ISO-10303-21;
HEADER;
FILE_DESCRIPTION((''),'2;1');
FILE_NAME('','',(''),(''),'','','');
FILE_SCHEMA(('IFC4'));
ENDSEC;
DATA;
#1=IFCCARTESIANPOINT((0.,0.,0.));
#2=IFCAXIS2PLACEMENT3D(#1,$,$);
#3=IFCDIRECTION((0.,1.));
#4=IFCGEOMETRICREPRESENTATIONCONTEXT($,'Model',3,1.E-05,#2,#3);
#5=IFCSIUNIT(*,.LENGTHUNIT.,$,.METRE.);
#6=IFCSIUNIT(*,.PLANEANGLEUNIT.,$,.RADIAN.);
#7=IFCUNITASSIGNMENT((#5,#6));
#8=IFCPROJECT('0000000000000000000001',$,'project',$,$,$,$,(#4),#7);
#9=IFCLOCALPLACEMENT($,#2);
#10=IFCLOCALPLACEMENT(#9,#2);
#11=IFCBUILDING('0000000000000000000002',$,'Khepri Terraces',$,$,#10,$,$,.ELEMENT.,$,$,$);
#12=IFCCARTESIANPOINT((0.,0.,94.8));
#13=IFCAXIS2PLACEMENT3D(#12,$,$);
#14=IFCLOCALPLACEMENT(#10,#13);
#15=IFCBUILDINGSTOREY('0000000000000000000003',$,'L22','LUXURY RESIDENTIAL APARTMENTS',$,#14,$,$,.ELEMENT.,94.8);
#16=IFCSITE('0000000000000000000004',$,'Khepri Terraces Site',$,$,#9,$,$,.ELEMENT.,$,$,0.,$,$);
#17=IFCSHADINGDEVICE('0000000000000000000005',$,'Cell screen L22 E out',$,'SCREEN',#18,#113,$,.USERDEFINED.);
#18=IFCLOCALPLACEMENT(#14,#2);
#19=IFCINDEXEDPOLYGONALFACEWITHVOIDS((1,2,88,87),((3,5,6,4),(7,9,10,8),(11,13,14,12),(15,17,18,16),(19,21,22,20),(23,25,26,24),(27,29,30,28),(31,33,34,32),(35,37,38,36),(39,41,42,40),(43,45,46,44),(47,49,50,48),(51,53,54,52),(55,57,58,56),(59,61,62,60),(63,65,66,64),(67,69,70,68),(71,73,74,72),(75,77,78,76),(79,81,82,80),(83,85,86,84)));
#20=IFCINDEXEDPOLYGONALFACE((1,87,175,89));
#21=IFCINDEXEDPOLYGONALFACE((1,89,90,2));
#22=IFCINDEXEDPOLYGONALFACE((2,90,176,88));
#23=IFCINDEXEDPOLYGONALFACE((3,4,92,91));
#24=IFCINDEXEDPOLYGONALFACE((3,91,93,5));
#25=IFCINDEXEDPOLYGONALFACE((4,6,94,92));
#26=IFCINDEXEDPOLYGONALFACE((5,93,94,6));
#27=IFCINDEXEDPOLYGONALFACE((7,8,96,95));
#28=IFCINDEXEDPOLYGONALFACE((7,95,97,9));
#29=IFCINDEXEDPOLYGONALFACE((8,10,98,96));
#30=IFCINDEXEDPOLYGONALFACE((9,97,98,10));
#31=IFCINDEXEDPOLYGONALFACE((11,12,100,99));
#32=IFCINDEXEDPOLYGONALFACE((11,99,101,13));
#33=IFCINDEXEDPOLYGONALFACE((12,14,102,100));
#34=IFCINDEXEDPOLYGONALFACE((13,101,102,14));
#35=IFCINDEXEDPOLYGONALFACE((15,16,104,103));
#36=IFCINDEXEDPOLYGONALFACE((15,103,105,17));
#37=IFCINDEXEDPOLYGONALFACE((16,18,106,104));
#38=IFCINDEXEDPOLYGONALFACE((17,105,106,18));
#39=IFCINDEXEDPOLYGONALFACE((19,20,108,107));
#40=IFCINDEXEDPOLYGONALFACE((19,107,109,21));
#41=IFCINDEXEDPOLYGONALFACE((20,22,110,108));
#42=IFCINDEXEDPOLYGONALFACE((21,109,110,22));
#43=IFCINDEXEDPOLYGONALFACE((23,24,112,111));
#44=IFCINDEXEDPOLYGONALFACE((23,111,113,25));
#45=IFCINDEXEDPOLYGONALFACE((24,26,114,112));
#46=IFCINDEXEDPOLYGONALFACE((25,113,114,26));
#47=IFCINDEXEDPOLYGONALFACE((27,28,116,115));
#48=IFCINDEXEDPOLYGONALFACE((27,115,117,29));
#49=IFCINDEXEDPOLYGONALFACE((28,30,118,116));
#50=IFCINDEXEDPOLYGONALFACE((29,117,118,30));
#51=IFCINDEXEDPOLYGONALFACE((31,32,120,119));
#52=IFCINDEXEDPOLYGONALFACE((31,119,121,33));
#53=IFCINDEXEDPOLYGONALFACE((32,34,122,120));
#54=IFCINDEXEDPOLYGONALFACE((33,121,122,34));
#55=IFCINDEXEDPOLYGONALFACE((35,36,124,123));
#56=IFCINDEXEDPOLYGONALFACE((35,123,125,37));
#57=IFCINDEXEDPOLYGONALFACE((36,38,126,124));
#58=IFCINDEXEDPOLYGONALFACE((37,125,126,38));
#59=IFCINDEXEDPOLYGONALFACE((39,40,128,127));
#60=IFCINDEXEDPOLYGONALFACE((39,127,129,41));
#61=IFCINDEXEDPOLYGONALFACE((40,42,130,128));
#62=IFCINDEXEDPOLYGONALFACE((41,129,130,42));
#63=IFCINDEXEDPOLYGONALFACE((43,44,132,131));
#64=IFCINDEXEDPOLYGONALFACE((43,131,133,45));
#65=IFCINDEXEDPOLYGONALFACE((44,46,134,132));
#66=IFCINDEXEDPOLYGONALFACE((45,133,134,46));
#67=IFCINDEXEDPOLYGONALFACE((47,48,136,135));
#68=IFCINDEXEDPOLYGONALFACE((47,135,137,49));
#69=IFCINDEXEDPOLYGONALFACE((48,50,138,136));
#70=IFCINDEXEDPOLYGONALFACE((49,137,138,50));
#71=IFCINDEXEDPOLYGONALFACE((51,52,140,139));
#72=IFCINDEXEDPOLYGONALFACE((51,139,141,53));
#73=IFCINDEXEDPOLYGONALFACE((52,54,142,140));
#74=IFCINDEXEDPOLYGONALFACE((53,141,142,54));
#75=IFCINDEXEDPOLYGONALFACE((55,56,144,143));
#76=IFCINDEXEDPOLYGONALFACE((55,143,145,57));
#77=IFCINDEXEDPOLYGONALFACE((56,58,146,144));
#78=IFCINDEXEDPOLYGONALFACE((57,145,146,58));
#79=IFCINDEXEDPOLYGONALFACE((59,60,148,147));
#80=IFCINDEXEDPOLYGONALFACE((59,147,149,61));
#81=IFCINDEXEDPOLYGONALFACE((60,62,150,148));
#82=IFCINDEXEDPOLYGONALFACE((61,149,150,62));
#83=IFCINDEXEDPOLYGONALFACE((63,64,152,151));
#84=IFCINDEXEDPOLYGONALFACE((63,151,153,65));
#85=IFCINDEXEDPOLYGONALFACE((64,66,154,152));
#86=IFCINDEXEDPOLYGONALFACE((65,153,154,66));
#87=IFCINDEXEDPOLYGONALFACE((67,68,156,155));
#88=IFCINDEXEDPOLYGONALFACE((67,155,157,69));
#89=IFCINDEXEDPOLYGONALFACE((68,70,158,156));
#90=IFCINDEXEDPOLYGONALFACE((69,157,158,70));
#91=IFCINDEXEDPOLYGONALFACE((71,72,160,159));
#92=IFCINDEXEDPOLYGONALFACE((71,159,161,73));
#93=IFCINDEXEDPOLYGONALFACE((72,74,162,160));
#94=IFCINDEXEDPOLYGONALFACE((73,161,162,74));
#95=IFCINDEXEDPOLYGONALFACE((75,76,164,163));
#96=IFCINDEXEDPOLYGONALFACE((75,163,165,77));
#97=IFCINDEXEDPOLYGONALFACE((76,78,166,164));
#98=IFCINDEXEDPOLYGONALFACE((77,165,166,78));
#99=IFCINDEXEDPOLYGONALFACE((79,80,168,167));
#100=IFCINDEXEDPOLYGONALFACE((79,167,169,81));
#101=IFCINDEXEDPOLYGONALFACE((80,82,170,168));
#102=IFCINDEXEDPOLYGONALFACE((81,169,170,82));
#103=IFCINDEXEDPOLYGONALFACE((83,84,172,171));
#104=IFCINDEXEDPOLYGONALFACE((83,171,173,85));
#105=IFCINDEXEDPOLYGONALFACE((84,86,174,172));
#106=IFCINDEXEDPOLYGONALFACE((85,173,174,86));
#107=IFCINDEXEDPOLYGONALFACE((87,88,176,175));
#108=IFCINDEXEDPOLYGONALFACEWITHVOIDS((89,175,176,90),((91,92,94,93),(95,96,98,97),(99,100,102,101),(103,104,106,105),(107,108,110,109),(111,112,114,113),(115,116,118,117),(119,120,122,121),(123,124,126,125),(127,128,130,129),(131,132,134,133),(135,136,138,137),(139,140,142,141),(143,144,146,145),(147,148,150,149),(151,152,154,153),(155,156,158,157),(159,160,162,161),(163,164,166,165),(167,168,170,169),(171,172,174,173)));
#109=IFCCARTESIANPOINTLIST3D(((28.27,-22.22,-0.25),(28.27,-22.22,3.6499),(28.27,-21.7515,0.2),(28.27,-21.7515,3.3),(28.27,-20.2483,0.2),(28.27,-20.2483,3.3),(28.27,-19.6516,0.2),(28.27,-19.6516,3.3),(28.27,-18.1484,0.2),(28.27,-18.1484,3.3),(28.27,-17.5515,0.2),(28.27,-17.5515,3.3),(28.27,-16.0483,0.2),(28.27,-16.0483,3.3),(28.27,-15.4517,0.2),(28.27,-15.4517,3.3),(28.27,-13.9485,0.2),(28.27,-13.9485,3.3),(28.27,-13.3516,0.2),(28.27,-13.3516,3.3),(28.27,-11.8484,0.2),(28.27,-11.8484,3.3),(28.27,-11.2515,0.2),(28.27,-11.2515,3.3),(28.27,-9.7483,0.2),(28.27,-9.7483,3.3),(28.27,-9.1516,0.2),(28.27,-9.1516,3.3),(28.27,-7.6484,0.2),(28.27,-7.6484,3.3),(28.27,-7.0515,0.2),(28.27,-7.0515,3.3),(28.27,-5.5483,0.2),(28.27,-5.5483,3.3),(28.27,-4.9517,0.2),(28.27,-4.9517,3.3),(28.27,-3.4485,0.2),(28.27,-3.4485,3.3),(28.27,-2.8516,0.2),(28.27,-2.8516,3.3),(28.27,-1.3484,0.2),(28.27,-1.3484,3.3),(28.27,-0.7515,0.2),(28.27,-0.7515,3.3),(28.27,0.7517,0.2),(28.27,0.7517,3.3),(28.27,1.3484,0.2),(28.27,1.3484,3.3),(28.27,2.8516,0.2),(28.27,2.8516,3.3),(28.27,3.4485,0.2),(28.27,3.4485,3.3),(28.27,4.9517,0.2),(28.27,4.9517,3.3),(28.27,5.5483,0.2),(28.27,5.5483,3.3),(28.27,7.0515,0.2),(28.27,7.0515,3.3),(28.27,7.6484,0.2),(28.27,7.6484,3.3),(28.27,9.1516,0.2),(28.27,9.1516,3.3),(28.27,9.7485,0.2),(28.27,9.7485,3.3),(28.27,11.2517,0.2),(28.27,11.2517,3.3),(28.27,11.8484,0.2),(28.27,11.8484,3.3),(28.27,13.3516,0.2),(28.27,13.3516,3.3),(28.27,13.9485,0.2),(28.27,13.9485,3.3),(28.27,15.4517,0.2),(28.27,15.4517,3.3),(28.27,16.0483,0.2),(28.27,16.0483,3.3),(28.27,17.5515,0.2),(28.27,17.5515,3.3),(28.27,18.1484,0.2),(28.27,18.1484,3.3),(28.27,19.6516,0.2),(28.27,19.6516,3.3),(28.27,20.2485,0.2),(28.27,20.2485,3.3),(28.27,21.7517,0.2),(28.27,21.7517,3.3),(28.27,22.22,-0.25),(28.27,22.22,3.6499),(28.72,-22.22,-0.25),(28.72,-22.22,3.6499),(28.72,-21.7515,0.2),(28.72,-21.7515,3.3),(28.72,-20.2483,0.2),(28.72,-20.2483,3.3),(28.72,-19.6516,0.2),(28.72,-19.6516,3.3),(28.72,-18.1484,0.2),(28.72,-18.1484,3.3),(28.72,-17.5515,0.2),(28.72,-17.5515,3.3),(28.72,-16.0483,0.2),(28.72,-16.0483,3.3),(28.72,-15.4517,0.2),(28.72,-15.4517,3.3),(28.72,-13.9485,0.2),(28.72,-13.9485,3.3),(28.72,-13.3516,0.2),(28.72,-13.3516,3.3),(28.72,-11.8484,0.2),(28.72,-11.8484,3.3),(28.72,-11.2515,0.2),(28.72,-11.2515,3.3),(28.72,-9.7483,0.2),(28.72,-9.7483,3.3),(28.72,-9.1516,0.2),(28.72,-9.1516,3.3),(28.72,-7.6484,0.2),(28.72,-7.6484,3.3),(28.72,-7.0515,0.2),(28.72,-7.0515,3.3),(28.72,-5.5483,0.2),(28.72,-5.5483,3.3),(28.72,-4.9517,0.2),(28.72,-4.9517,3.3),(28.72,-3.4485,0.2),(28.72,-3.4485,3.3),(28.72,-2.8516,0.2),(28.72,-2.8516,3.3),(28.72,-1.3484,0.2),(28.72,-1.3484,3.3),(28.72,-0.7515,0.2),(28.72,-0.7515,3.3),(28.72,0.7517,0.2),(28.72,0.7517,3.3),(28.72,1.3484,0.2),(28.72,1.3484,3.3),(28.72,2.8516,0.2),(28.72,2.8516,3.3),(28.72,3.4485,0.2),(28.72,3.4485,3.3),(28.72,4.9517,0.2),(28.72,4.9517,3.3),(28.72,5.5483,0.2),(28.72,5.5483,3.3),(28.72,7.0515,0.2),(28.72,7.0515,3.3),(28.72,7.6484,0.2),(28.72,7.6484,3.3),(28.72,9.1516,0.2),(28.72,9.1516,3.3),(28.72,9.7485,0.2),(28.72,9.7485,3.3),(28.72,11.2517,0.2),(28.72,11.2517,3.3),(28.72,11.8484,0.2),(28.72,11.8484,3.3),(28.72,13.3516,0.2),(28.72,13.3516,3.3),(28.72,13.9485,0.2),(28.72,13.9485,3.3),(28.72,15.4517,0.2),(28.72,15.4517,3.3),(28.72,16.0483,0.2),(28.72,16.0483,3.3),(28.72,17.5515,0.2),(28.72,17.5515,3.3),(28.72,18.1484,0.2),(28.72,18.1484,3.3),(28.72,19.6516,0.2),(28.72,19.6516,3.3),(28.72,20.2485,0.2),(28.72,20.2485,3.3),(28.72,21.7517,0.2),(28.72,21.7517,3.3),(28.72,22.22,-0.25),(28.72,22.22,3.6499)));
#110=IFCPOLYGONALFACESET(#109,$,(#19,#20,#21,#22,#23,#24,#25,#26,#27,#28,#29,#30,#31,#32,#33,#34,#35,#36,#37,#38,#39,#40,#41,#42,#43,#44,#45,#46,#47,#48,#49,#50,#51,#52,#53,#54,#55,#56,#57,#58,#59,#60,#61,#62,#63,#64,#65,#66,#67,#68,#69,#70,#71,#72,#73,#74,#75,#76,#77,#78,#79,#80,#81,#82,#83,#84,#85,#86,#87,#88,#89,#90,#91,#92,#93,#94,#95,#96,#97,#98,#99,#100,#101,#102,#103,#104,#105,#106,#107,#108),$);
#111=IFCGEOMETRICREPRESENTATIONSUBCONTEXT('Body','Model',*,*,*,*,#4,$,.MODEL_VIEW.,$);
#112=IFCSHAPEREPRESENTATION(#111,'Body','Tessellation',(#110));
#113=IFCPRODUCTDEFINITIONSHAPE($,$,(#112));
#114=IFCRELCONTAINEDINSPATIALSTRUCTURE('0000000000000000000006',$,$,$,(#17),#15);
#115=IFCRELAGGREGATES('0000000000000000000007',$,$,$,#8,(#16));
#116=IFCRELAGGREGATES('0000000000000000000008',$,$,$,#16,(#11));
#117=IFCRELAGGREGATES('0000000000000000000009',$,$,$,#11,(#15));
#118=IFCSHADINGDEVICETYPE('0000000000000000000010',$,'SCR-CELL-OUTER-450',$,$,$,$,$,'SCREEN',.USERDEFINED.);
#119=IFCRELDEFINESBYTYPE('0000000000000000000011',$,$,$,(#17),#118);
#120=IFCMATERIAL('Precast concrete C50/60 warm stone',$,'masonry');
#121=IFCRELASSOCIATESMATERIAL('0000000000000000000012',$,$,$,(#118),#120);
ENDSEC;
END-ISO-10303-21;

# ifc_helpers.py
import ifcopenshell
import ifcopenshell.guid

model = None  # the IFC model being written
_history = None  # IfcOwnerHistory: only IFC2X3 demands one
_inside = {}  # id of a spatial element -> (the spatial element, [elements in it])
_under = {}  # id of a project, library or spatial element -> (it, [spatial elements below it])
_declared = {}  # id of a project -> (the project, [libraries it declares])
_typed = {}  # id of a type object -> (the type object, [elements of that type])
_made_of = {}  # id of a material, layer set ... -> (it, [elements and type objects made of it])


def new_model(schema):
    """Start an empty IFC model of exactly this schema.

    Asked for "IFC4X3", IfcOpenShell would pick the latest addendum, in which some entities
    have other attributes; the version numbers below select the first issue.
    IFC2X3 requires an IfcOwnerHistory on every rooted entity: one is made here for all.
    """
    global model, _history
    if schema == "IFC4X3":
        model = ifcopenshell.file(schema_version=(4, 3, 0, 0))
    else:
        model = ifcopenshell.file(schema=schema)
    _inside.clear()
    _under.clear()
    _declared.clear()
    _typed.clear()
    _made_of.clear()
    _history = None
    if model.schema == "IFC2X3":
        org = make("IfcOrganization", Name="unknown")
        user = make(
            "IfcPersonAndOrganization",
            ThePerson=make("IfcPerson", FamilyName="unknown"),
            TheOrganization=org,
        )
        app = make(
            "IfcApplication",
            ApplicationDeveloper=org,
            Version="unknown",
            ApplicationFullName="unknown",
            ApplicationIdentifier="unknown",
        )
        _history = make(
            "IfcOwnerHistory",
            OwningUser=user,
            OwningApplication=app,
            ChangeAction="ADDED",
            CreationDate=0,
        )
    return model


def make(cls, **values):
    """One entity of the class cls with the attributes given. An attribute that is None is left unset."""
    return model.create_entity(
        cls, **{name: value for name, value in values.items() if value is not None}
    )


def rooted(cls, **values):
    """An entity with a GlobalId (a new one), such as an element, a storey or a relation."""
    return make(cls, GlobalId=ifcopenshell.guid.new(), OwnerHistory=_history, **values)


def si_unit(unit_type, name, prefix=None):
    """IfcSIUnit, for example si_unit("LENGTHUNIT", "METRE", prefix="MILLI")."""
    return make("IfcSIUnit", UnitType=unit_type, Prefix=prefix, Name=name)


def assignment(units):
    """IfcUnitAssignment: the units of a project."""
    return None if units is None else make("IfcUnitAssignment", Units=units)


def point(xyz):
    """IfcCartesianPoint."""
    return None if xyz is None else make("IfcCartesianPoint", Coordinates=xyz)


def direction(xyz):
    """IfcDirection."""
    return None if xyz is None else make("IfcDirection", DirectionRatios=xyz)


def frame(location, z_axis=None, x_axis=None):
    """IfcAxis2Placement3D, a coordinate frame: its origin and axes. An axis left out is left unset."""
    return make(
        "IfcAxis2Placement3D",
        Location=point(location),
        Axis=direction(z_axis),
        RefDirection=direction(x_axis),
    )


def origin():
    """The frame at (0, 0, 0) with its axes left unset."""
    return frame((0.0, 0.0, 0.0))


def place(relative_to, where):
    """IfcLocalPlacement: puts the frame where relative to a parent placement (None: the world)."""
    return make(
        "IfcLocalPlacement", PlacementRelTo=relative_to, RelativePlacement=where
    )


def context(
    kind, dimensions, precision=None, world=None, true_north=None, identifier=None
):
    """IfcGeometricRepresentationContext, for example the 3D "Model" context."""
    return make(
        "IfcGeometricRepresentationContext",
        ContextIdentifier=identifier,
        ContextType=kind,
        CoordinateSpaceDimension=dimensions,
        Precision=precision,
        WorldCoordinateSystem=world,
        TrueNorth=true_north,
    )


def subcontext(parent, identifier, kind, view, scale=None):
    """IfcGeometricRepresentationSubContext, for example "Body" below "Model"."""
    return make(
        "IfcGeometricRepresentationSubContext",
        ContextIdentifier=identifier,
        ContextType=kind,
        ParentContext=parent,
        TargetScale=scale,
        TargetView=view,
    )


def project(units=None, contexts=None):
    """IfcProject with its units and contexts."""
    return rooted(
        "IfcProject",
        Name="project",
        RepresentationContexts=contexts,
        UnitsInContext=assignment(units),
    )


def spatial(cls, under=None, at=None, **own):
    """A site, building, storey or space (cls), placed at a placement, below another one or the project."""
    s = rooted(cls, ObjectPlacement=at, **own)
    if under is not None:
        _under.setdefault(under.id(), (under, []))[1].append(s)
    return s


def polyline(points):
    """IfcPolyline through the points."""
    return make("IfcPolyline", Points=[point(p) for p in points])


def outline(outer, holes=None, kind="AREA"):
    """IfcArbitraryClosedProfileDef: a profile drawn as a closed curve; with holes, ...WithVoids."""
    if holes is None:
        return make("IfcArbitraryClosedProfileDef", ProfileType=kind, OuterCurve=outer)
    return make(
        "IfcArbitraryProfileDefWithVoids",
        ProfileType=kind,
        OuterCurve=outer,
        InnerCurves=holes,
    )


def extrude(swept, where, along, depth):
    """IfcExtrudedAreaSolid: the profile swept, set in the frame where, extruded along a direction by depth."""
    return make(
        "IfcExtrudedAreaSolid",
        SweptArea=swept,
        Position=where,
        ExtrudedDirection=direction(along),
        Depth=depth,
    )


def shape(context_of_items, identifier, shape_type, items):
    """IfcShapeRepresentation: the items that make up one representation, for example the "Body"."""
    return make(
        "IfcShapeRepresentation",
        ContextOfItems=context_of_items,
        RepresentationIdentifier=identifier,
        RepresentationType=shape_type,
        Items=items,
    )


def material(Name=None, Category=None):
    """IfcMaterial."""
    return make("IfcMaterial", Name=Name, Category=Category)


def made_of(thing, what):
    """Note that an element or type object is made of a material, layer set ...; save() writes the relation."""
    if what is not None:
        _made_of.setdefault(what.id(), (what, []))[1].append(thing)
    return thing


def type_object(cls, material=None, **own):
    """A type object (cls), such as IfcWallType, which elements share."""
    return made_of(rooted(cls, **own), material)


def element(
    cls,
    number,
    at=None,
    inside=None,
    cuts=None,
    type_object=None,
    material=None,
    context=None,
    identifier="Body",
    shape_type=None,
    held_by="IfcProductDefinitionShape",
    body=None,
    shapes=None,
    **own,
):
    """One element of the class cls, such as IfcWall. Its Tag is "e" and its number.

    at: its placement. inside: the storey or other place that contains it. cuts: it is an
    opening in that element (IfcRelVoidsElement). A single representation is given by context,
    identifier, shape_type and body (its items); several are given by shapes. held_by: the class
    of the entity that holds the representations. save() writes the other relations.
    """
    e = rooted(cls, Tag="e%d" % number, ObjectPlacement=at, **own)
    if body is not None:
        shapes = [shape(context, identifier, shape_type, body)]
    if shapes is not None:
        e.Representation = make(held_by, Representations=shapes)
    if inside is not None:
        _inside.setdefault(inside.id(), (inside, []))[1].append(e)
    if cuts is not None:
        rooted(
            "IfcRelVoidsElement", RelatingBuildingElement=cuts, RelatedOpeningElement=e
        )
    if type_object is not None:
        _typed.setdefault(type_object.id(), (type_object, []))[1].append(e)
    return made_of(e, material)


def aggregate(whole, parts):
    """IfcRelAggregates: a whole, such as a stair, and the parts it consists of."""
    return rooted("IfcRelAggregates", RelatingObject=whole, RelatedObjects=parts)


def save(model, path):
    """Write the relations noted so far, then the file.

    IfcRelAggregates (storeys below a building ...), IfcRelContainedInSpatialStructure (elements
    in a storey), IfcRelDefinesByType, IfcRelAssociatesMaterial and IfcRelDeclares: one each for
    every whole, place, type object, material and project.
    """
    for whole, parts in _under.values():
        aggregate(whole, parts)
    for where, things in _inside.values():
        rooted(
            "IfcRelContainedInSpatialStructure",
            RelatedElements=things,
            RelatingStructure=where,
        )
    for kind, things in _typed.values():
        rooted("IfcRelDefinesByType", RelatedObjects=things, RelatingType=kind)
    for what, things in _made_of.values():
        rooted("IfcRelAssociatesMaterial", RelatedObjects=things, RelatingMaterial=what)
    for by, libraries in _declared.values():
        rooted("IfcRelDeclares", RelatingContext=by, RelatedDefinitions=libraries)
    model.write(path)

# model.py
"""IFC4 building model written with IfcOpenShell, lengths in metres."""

from ifc_helpers import new_model, si_unit, direction, frame, origin, place, context, subcontext, project, spatial, polyline, outline, extrude, material, type_object, element, save


model = new_model("IFC4")

# Units and contexts
model_context = context("Model", 3, precision=1e-05, world=origin(), true_north=direction((0.0, 1.0)))
body_context = subcontext(model_context, "Body", "Model", "MODEL_VIEW")
ifc_project = project(units=[si_unit("LENGTHUNIT", "METRE"), si_unit("PLANEANGLEUNIT", "RADIAN")], contexts=[model_context])

# Site, building, storey
site_placement = place(None, origin())
site = spatial("IfcSite", under=ifc_project, at=site_placement, Name="Khepri Terraces Site", CompositionType="ELEMENT", RefElevation=0.0)
building_placement = place(site_placement, origin())
building = spatial("IfcBuilding", under=site, at=building_placement, Name="Khepri Terraces", CompositionType="ELEMENT")
storey_placement = place(building_placement, frame((0.0, 0.0, 94.8)))
storey = spatial("IfcBuildingStorey", under=building, at=storey_placement, Name="L22", Description="LUXURY RESIDENTIAL APARTMENTS", CompositionType="ELEMENT", Elevation=94.8)

# Shared definitions
ifc_material_1 = material(Name="Precast concrete C50/60 warm stone", Category="masonry")

# Shading device
shading_device_type_1 = type_object("IfcShadingDeviceType", Name="SCR-CELL-OUTER-450", ElementType="SCREEN", PredefinedType="USERDEFINED", material=ifc_material_1)
shading_device_1_placement = place(storey_placement, frame((28.27, -22.22, -0.25), z_axis=(1.0, 0.0, 0.0), x_axis=(0.0, 1.0, 0.0)))
element("IfcShadingDevice", 1, at=shading_device_1_placement, inside=storey, type_object=shading_device_type_1, Name="Cell screen L22 E out", ObjectType="SCREEN", PredefinedType="USERDEFINED", context=body_context, shape_type="SweptSolid", body=[
    extrude(outline(polyline([(0.0, 0.0), (44.4399, 0.0), (44.4399, 3.8999), (0.0, 3.8999), (0.0, 0.0)]), holes=[polyline([(0.4685, 0.45), (1.9717, 0.45), (1.9717, 3.55), (0.4685, 3.55), (0.4685, 0.45)]), polyline([(2.5684, 0.45), (4.0715, 0.45), (4.0715, 3.55), (2.5684, 3.55), (2.5684, 0.45)]), polyline([(4.6685, 0.45), (6.1716, 0.45), (6.1716, 3.55), (4.6685, 3.55), (4.6685, 0.45)]), polyline([(6.7683, 0.45), (8.2715, 0.45), (8.2715, 3.55), (6.7683, 3.55), (6.7683, 0.45)]), polyline([(8.8684, 0.45), (10.3716, 0.45), (10.3716, 3.55), (8.8684, 3.55), (8.8684, 0.45)]), polyline([(10.9685, 0.45), (12.4717, 0.45), (12.4717, 3.55), (10.9685, 3.55), (10.9685, 0.45)]), polyline([(13.0684, 0.45), (14.5715, 0.45), (14.5715, 3.55), (13.0684, 3.55), (13.0684, 0.45)]), polyline([(15.1685, 0.45), (16.6716, 0.45), (16.6716, 3.55), (15.1685, 3.55), (15.1685, 0.45)]), polyline([(17.2683, 0.45), (18.7715, 0.45), (18.7715, 3.55), (17.2683, 3.55), (17.2683, 0.45)]), polyline([(19.3684, 0.45), (20.8716, 0.45), (20.8716, 3.55), (19.3684, 3.55), (19.3684, 0.45)]), polyline([(21.4685, 0.45), (22.9717, 0.45), (22.9717, 3.55), (21.4685, 3.55), (21.4685, 0.45)]), polyline([(23.5684, 0.45), (25.0715, 0.45), (25.0715, 3.55), (23.5684, 3.55), (23.5684, 0.45)]), polyline([(25.6685, 0.45), (27.1716, 0.45), (27.1716, 3.55), (25.6685, 3.55), (25.6685, 0.45)]), polyline([(27.7683, 0.45), (29.2715, 0.45), (29.2715, 3.55), (27.7683, 3.55), (27.7683, 0.45)]), polyline([(29.8684, 0.45), (31.3716, 0.45), (31.3716, 3.55), (29.8684, 3.55), (29.8684, 0.45)]), polyline([(31.9685, 0.45), (33.4717, 0.45), (33.4717, 3.55), (31.9685, 3.55), (31.9685, 0.45)]), polyline([(34.0684, 0.45), (35.5715, 0.45), (35.5715, 3.55), (34.0684, 3.55), (34.0684, 0.45)]), polyline([(36.1685, 0.45), (37.6716, 0.45), (37.6716, 3.55), (36.1685, 3.55), (36.1685, 0.45)]), polyline([(38.2683, 0.45), (39.7715, 0.45), (39.7715, 3.55), (38.2683, 3.55), (38.2683, 0.45)]), polyline([(40.3684, 0.45), (41.8716, 0.45), (41.8716, 3.55), (40.3684, 3.55), (40.3684, 0.45)]), polyline([(42.4685, 0.45), (43.9717, 0.45), (43.9717, 3.55), (42.4685, 3.55), (42.4685, 0.45)])]), origin(), (0.0, 0.0, 1.0), 0.45),
])

save(model, "model.ifc")
